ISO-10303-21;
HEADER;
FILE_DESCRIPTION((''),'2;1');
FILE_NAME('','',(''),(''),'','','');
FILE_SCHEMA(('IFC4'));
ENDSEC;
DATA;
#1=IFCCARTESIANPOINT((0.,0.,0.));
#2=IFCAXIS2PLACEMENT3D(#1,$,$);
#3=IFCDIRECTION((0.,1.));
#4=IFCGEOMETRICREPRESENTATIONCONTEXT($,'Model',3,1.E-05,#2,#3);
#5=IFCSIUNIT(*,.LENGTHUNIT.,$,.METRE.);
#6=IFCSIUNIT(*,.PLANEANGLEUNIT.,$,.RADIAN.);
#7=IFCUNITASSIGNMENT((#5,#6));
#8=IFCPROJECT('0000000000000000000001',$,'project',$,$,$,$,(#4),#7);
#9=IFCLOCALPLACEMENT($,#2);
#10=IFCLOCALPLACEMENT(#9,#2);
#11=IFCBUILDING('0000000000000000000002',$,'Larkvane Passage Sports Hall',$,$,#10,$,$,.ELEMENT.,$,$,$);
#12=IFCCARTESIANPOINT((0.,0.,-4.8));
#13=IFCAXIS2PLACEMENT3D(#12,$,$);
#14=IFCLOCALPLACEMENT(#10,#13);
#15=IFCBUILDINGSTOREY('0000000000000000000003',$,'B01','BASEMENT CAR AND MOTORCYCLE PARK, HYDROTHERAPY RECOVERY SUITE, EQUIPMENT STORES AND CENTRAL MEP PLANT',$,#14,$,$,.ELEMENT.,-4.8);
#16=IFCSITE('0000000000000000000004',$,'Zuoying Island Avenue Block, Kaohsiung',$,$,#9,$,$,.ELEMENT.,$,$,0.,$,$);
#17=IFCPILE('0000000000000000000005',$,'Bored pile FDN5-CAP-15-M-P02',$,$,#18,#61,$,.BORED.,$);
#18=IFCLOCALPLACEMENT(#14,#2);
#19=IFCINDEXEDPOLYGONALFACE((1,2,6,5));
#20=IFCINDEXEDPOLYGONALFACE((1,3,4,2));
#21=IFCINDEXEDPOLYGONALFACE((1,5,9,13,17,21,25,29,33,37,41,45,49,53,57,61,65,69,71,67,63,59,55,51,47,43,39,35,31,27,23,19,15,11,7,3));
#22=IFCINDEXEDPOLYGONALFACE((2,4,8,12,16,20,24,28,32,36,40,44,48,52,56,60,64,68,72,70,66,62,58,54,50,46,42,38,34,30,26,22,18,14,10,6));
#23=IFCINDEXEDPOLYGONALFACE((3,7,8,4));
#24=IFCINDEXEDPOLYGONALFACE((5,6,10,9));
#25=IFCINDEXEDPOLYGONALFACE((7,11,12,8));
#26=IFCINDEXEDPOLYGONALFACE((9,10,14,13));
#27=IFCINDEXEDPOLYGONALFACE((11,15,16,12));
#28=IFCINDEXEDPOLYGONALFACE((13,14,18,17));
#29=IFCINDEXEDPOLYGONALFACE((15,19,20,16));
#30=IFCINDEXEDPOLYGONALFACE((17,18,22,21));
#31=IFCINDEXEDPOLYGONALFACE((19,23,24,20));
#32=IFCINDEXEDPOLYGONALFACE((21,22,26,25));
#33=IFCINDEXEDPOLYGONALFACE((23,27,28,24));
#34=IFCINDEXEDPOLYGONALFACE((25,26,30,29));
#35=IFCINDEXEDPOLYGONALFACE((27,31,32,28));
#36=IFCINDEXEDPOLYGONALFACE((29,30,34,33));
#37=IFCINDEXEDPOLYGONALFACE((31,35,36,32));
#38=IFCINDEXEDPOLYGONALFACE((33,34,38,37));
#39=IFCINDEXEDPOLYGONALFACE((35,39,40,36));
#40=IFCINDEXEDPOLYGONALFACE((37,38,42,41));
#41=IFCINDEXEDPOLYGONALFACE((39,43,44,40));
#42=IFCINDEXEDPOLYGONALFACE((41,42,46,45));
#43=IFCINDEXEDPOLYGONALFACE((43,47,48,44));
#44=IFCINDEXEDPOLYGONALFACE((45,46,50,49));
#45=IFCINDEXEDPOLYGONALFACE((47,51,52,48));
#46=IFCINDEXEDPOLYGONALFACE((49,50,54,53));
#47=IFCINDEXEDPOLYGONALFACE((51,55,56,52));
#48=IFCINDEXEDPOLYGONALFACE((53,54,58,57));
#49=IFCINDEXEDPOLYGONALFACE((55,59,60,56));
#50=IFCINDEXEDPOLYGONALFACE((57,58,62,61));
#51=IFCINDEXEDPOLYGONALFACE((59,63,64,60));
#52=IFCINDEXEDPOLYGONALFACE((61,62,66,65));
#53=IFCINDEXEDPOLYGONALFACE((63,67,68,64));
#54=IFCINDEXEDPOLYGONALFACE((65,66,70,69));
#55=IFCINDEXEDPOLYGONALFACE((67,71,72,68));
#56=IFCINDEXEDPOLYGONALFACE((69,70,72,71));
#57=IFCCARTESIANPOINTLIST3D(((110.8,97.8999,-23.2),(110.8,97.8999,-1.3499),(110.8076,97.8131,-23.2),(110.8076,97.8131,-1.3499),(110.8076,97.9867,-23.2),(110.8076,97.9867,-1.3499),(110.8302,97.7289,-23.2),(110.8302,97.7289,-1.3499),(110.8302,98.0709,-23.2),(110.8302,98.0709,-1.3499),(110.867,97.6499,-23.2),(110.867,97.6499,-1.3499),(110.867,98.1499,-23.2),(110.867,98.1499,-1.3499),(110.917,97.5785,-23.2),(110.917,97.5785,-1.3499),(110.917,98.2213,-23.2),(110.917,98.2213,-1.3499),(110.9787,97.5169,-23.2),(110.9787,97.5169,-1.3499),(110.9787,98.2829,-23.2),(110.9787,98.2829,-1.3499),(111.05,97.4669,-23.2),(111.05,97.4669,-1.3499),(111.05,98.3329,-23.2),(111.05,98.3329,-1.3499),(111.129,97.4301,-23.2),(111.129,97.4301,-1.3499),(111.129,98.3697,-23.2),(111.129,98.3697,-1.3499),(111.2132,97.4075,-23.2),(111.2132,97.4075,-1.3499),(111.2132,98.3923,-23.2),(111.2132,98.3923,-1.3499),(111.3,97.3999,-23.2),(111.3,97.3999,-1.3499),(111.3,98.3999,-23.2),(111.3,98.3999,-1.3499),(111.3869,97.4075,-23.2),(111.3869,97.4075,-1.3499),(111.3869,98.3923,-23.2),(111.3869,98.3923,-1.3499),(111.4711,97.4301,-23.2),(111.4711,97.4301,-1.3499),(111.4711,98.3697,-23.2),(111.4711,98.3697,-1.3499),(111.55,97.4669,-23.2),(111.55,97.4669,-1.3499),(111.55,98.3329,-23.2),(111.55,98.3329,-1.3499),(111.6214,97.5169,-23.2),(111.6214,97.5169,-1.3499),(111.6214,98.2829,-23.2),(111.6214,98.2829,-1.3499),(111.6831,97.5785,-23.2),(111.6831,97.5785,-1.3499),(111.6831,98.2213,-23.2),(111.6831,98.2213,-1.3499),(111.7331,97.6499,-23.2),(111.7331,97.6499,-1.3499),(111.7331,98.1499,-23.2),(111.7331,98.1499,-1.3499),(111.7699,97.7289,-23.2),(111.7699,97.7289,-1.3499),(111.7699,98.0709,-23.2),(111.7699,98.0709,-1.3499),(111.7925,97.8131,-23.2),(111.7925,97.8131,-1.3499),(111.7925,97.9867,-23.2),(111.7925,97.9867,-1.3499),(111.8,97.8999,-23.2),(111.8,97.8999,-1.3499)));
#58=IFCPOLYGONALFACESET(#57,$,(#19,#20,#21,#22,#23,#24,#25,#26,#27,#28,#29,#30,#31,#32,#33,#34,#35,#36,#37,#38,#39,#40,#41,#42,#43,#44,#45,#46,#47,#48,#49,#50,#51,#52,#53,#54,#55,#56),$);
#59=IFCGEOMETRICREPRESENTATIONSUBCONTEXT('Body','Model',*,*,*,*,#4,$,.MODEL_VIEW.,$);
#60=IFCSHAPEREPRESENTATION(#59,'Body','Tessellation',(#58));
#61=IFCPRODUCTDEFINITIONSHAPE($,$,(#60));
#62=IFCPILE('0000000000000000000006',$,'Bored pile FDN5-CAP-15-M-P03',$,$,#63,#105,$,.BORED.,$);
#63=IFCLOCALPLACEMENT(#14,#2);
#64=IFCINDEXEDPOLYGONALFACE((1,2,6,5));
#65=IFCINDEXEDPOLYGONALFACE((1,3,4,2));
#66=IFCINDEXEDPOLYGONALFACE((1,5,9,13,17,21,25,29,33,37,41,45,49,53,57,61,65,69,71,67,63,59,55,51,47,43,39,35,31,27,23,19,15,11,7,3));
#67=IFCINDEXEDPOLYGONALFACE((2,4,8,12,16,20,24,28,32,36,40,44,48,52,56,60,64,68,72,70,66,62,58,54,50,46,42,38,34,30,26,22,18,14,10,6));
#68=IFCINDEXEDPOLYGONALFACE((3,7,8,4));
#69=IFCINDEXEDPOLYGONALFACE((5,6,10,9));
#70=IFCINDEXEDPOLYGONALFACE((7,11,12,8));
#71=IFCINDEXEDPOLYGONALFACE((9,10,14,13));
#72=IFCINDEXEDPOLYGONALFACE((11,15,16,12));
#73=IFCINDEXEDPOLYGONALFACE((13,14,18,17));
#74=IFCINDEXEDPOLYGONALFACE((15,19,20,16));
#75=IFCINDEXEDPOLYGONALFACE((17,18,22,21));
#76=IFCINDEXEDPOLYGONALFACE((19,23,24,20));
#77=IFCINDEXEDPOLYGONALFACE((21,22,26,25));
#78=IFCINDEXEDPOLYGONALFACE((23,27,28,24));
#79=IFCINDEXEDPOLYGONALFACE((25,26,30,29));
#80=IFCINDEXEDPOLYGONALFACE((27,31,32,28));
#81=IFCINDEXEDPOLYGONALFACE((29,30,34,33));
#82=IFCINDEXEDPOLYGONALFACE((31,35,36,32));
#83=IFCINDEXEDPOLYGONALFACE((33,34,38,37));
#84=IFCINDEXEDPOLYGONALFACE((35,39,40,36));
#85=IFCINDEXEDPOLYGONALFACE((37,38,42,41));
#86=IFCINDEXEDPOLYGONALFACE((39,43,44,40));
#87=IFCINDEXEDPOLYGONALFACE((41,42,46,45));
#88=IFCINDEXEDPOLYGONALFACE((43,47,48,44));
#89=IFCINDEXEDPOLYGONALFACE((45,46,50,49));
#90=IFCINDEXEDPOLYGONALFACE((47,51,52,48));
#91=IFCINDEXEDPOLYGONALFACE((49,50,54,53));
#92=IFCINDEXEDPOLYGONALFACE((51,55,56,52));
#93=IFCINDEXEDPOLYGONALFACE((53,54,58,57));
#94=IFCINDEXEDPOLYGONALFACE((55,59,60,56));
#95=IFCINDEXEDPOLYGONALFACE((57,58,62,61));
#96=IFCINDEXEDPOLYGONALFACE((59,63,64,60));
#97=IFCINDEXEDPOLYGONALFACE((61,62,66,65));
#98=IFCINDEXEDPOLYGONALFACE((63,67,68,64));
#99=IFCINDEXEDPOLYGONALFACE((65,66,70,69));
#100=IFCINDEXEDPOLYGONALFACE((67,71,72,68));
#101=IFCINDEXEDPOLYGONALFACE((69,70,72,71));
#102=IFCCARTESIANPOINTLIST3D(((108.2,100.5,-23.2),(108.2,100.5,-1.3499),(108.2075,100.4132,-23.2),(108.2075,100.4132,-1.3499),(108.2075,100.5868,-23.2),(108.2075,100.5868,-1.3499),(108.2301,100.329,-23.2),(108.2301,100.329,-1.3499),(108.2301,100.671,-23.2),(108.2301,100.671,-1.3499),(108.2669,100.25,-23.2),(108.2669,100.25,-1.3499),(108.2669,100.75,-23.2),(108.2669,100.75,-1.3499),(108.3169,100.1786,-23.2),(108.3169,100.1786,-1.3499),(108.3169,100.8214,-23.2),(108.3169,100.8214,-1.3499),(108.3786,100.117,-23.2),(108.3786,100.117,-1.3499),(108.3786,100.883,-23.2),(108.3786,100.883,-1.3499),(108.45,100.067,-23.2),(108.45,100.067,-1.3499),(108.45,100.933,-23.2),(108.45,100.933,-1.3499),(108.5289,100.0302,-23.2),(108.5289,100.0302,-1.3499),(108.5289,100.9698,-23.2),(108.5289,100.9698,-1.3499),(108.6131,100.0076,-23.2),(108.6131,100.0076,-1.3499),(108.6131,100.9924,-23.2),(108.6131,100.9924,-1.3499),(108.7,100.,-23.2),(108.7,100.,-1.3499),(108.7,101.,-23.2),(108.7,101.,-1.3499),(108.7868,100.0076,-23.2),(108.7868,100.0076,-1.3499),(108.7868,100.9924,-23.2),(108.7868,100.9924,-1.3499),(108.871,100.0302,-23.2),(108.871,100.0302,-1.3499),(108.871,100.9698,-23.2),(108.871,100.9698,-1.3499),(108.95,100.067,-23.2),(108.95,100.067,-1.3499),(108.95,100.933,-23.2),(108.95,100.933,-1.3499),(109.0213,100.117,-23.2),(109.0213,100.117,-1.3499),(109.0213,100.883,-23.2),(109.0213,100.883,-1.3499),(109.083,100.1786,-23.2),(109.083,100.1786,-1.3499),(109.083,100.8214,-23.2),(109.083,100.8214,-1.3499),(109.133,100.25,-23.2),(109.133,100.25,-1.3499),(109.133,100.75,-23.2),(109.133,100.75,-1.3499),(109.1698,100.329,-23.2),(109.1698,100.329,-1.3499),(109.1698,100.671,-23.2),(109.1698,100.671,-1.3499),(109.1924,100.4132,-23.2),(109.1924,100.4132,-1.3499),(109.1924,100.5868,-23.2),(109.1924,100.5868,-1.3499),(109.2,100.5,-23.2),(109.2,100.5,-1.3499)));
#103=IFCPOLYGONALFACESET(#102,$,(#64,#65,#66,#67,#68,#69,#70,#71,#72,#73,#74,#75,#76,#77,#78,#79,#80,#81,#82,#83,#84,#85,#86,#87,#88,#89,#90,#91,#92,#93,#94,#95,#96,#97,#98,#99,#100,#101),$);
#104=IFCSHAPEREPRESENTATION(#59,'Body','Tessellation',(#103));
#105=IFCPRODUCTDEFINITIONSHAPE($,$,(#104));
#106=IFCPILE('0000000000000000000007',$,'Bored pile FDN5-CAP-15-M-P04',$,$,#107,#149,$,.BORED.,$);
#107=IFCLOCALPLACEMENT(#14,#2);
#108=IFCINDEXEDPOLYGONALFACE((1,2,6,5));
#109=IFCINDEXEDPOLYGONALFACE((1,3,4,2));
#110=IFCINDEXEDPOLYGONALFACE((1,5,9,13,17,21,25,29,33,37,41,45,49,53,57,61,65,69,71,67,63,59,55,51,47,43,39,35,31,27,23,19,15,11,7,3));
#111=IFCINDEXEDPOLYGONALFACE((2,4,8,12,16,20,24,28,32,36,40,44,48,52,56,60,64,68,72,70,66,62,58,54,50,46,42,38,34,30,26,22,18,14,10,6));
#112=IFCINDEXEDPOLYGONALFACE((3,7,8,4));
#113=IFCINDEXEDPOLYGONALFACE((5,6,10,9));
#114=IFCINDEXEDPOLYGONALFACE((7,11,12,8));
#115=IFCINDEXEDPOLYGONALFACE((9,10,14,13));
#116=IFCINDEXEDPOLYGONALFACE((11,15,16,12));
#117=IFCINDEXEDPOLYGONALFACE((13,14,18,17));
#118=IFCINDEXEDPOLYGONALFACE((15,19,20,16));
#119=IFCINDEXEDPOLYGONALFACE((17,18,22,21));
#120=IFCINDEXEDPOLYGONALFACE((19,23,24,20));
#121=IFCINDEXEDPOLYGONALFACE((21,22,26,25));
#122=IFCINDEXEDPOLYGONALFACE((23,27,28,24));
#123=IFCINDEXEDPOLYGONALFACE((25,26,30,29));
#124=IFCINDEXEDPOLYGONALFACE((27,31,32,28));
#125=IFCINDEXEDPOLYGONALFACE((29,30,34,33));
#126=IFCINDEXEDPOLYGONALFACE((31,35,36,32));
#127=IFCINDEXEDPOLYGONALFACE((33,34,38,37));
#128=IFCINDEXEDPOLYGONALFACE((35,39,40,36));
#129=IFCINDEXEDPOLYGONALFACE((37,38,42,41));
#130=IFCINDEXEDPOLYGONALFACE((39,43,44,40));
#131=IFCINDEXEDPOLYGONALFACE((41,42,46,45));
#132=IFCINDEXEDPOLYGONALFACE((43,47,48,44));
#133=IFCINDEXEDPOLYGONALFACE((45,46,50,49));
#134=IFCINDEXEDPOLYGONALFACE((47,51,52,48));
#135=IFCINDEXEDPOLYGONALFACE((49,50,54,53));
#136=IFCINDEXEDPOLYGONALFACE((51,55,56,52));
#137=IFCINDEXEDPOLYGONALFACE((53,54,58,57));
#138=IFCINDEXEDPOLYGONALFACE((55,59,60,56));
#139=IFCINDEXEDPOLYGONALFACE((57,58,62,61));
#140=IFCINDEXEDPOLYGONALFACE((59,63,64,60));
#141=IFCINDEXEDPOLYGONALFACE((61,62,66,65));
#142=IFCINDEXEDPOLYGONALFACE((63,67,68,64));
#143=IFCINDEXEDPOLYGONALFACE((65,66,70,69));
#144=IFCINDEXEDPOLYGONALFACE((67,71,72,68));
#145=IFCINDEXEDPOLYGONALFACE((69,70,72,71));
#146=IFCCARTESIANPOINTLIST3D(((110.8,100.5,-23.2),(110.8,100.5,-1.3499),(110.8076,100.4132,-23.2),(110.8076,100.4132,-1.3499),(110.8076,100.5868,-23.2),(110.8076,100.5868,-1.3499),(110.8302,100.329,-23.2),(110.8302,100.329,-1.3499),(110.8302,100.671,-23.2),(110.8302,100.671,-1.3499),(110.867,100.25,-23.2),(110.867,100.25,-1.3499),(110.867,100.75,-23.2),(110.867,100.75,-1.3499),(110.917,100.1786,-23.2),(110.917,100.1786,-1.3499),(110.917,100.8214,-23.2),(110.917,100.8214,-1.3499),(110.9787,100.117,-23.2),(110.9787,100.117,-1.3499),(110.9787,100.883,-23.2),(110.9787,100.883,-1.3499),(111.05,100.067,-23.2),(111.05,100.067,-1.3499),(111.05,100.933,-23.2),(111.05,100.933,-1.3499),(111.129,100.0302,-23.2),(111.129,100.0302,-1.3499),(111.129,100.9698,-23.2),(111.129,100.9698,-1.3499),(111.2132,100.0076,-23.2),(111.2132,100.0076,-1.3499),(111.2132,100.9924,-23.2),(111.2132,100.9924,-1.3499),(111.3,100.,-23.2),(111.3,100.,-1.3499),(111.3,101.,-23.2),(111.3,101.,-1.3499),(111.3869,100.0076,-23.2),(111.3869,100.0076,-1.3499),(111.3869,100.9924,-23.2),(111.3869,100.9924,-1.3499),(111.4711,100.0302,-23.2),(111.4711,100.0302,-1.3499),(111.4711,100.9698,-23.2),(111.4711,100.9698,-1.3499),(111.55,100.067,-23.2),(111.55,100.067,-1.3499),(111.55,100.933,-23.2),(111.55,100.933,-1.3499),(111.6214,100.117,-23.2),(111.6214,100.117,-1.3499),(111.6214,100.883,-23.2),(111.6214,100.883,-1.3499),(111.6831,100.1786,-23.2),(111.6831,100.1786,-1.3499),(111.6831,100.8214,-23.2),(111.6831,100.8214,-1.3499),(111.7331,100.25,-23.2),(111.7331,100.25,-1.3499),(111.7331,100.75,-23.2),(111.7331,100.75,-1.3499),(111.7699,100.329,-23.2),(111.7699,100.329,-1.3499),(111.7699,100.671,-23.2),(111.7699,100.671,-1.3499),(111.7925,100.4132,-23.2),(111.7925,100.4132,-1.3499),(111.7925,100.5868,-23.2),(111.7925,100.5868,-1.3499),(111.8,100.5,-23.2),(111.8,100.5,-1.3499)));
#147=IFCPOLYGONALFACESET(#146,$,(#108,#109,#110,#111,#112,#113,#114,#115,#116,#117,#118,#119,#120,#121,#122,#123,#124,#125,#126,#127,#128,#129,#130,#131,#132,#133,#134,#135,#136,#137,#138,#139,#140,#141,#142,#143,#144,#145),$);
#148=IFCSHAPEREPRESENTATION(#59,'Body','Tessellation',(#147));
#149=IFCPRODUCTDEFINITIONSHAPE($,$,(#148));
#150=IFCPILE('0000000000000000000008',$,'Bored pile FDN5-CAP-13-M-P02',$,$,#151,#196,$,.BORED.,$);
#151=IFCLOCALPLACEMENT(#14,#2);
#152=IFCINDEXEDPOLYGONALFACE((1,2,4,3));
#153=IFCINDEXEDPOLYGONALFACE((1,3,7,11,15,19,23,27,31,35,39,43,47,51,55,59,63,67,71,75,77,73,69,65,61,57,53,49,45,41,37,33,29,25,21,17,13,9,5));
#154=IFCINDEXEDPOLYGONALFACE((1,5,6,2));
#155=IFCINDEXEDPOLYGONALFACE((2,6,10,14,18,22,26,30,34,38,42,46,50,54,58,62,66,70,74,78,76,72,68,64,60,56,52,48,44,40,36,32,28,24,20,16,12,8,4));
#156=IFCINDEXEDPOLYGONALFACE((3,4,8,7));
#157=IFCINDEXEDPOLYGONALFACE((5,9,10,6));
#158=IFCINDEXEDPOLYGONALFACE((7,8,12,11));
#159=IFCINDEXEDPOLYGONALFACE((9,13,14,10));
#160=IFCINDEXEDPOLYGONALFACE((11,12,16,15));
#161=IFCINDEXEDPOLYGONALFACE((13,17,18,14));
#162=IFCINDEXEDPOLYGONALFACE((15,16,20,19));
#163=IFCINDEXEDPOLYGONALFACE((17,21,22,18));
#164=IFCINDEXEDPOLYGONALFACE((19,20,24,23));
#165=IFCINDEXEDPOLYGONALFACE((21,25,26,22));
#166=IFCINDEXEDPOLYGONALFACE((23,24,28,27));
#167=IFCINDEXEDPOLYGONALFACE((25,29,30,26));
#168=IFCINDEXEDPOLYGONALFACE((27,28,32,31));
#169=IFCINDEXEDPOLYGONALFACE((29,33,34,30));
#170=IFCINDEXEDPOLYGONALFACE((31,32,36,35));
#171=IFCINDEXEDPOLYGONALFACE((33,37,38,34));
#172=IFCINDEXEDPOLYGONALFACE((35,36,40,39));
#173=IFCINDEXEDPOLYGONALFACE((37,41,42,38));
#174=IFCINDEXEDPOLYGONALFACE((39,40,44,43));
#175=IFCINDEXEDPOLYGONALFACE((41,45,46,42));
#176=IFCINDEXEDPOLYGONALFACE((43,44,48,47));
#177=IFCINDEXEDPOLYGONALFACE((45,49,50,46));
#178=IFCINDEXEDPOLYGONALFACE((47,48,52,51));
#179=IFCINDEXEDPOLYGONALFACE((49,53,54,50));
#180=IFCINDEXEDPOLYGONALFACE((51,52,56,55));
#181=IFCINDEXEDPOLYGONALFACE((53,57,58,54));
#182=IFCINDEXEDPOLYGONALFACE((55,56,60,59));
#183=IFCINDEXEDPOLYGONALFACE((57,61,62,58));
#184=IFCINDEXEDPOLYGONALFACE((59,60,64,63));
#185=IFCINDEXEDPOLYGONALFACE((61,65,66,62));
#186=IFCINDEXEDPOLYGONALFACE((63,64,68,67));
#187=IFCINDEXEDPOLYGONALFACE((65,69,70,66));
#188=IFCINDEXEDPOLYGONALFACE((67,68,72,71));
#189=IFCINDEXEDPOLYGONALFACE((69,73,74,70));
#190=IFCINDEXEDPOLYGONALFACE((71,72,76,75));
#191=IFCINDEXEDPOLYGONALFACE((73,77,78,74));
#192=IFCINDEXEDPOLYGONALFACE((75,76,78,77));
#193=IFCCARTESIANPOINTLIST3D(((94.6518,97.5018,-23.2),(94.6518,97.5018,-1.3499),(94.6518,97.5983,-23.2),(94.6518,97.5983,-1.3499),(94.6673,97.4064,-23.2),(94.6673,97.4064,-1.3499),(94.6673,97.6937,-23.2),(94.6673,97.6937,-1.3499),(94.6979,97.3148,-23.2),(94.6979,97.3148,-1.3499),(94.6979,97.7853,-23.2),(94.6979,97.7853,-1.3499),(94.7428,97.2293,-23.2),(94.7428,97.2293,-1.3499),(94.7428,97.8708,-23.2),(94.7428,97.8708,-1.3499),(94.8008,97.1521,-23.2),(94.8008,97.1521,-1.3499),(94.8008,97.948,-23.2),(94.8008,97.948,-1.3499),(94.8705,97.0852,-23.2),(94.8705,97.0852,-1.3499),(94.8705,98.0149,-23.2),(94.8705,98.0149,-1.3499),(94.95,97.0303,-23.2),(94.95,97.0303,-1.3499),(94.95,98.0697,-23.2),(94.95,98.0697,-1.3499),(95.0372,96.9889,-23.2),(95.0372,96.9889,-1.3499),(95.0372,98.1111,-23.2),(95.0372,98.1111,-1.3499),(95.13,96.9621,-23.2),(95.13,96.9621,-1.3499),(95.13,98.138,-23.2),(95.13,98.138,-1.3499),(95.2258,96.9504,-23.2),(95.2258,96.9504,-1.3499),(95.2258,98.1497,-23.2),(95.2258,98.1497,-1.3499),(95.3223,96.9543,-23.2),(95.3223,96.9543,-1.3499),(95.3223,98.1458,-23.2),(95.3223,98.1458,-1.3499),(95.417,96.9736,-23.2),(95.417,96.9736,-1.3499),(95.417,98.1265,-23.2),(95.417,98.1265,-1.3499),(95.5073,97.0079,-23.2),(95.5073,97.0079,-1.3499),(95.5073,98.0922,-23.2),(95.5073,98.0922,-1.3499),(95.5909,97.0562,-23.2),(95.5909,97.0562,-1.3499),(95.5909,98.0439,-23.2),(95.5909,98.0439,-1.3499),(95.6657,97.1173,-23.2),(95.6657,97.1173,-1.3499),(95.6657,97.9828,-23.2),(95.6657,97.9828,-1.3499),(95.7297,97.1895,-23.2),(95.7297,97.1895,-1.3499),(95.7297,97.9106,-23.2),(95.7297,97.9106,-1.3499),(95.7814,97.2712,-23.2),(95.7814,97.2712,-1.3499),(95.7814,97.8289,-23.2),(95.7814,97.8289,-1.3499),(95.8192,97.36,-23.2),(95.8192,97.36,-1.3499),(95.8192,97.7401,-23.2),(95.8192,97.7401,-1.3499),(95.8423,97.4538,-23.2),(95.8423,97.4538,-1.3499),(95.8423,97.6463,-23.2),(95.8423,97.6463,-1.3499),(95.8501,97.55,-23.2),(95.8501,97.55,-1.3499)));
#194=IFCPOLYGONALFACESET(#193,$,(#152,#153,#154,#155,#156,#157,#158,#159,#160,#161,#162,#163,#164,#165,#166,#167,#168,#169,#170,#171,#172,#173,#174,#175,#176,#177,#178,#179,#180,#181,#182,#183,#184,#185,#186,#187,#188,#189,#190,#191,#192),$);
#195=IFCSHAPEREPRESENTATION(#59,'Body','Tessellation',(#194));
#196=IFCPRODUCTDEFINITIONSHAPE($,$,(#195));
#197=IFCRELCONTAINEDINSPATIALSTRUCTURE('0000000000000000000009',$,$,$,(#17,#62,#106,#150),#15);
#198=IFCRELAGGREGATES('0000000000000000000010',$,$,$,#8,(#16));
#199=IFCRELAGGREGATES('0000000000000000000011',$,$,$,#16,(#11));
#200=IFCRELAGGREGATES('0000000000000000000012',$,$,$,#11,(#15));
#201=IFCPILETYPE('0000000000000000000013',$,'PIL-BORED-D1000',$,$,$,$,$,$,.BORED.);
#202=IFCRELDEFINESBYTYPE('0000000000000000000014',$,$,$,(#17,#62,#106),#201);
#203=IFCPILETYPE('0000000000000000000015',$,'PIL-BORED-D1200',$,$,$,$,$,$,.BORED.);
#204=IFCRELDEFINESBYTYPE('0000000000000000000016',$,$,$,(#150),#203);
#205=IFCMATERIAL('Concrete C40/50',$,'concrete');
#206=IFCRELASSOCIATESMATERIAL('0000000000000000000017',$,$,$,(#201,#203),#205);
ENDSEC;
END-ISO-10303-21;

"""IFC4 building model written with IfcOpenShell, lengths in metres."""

from ifc_helpers import new_model, si_unit, direction, frame, origin, origin_2d, place, context, subcontext, project, spatial, circle, extrude, material, material_profile, profile_set, type_object, element, save


model = new_model("IFC4")

# Units and contexts
model_context = context("Model", 3, precision=1e-05, world=origin(), true_north=direction((0.0, 1.0)))
body_context = subcontext(model_context, "Body", "Model", "MODEL_VIEW")
ifc_project = project(units=[si_unit("LENGTHUNIT", "METRE"), si_unit("PLANEANGLEUNIT", "RADIAN")], contexts=[model_context])

# Site, building, storey
site_placement = place(None, origin())
site = spatial("IfcSite", under=ifc_project, at=site_placement, Name="Zuoying Island Avenue Block, Kaohsiung", CompositionType="ELEMENT", RefElevation=0.0)
building_placement = place(site_placement, origin())
building = spatial("IfcBuilding", under=site, at=building_placement, Name="Larkvane Passage Sports Hall", CompositionType="ELEMENT")
storey_placement = place(building_placement, frame((0.0, 0.0, -4.8)))
storey = spatial("IfcBuildingStorey", under=building, at=storey_placement, Name="B01", Description="BASEMENT CAR AND MOTORCYCLE PARK, HYDROTHERAPY RECOVERY SUITE, EQUIPMENT STORES AND CENTRAL MEP PLANT", CompositionType="ELEMENT", Elevation=-4.8)

# Shared definitions
ifc_material_1 = material(Name="Concrete C40/50", Category="concrete")

# Piles
ifc_material_profile_1 = material_profile(ifc_material_1, circle(Radius=0.5, at=origin_2d()), Name="PILE-D1000")
ifc_profile_set_1 = profile_set([ifc_material_profile_1], Name="Concrete C40/50")
pile_type_1 = type_object("IfcPileType", Name="PIL-BORED-D1000", PredefinedType="BORED", material=ifc_profile_set_1)
for number, where, z_axis, x_axis, name in (
    (1, (111.3, 97.8999, -1.3499), (0.0, 0.0, -1.0), (1.0, 0.0, 0.0), "Bored pile FDN5-CAP-15-M-P02"),
    (2, (108.7, 100.5, -1.3499), (0.0, 0.0, -1.0), (1.0, 0.0, 0.0), "Bored pile FDN5-CAP-15-M-P03"),
    (3, (111.3, 100.5, -1.3499), (0.0, 0.0, -1.0), (1.0, 0.0, 0.0), "Bored pile FDN5-CAP-15-M-P04"),
):
    element("IfcPile", number, at=place(storey_placement, frame(where, z_axis=z_axis, x_axis=x_axis)), inside=storey, type_object=pile_type_1, Name=name, PredefinedType="BORED", context=body_context, shape_type="SweptSolid", body=[
        extrude(circle(Radius=0.5, at=origin_2d()), origin(), (0.0, 0.0, 1.0), 21.8501),
    ])
ifc_material_profile_2 = material_profile(ifc_material_1, circle(Radius=0.6001, at=origin_2d()), Name="PILE-D1200")
ifc_profile_set_2 = profile_set([ifc_material_profile_2], Name="Concrete C40/50")
pile_type_2 = type_object("IfcPileType", Name="PIL-BORED-D1200", PredefinedType="BORED", material=ifc_profile_set_2)
for number, where, z_axis, x_axis, name in (
    (4, (95.25, 97.55, -1.3499), (0.0, 0.0, -1.0), (1.0, 0.0, 0.0), "Bored pile FDN5-CAP-13-M-P02"),
):
    element("IfcPile", number, at=place(storey_placement, frame(where, z_axis=z_axis, x_axis=x_axis)), inside=storey, type_object=pile_type_2, Name=name, PredefinedType="BORED", context=body_context, shape_type="SweptSolid", body=[
        extrude(circle(Radius=0.6001, at=origin_2d()), origin(), (0.0, 0.0, 1.0), 21.8501),
    ])

save(model, "model.ifc")
